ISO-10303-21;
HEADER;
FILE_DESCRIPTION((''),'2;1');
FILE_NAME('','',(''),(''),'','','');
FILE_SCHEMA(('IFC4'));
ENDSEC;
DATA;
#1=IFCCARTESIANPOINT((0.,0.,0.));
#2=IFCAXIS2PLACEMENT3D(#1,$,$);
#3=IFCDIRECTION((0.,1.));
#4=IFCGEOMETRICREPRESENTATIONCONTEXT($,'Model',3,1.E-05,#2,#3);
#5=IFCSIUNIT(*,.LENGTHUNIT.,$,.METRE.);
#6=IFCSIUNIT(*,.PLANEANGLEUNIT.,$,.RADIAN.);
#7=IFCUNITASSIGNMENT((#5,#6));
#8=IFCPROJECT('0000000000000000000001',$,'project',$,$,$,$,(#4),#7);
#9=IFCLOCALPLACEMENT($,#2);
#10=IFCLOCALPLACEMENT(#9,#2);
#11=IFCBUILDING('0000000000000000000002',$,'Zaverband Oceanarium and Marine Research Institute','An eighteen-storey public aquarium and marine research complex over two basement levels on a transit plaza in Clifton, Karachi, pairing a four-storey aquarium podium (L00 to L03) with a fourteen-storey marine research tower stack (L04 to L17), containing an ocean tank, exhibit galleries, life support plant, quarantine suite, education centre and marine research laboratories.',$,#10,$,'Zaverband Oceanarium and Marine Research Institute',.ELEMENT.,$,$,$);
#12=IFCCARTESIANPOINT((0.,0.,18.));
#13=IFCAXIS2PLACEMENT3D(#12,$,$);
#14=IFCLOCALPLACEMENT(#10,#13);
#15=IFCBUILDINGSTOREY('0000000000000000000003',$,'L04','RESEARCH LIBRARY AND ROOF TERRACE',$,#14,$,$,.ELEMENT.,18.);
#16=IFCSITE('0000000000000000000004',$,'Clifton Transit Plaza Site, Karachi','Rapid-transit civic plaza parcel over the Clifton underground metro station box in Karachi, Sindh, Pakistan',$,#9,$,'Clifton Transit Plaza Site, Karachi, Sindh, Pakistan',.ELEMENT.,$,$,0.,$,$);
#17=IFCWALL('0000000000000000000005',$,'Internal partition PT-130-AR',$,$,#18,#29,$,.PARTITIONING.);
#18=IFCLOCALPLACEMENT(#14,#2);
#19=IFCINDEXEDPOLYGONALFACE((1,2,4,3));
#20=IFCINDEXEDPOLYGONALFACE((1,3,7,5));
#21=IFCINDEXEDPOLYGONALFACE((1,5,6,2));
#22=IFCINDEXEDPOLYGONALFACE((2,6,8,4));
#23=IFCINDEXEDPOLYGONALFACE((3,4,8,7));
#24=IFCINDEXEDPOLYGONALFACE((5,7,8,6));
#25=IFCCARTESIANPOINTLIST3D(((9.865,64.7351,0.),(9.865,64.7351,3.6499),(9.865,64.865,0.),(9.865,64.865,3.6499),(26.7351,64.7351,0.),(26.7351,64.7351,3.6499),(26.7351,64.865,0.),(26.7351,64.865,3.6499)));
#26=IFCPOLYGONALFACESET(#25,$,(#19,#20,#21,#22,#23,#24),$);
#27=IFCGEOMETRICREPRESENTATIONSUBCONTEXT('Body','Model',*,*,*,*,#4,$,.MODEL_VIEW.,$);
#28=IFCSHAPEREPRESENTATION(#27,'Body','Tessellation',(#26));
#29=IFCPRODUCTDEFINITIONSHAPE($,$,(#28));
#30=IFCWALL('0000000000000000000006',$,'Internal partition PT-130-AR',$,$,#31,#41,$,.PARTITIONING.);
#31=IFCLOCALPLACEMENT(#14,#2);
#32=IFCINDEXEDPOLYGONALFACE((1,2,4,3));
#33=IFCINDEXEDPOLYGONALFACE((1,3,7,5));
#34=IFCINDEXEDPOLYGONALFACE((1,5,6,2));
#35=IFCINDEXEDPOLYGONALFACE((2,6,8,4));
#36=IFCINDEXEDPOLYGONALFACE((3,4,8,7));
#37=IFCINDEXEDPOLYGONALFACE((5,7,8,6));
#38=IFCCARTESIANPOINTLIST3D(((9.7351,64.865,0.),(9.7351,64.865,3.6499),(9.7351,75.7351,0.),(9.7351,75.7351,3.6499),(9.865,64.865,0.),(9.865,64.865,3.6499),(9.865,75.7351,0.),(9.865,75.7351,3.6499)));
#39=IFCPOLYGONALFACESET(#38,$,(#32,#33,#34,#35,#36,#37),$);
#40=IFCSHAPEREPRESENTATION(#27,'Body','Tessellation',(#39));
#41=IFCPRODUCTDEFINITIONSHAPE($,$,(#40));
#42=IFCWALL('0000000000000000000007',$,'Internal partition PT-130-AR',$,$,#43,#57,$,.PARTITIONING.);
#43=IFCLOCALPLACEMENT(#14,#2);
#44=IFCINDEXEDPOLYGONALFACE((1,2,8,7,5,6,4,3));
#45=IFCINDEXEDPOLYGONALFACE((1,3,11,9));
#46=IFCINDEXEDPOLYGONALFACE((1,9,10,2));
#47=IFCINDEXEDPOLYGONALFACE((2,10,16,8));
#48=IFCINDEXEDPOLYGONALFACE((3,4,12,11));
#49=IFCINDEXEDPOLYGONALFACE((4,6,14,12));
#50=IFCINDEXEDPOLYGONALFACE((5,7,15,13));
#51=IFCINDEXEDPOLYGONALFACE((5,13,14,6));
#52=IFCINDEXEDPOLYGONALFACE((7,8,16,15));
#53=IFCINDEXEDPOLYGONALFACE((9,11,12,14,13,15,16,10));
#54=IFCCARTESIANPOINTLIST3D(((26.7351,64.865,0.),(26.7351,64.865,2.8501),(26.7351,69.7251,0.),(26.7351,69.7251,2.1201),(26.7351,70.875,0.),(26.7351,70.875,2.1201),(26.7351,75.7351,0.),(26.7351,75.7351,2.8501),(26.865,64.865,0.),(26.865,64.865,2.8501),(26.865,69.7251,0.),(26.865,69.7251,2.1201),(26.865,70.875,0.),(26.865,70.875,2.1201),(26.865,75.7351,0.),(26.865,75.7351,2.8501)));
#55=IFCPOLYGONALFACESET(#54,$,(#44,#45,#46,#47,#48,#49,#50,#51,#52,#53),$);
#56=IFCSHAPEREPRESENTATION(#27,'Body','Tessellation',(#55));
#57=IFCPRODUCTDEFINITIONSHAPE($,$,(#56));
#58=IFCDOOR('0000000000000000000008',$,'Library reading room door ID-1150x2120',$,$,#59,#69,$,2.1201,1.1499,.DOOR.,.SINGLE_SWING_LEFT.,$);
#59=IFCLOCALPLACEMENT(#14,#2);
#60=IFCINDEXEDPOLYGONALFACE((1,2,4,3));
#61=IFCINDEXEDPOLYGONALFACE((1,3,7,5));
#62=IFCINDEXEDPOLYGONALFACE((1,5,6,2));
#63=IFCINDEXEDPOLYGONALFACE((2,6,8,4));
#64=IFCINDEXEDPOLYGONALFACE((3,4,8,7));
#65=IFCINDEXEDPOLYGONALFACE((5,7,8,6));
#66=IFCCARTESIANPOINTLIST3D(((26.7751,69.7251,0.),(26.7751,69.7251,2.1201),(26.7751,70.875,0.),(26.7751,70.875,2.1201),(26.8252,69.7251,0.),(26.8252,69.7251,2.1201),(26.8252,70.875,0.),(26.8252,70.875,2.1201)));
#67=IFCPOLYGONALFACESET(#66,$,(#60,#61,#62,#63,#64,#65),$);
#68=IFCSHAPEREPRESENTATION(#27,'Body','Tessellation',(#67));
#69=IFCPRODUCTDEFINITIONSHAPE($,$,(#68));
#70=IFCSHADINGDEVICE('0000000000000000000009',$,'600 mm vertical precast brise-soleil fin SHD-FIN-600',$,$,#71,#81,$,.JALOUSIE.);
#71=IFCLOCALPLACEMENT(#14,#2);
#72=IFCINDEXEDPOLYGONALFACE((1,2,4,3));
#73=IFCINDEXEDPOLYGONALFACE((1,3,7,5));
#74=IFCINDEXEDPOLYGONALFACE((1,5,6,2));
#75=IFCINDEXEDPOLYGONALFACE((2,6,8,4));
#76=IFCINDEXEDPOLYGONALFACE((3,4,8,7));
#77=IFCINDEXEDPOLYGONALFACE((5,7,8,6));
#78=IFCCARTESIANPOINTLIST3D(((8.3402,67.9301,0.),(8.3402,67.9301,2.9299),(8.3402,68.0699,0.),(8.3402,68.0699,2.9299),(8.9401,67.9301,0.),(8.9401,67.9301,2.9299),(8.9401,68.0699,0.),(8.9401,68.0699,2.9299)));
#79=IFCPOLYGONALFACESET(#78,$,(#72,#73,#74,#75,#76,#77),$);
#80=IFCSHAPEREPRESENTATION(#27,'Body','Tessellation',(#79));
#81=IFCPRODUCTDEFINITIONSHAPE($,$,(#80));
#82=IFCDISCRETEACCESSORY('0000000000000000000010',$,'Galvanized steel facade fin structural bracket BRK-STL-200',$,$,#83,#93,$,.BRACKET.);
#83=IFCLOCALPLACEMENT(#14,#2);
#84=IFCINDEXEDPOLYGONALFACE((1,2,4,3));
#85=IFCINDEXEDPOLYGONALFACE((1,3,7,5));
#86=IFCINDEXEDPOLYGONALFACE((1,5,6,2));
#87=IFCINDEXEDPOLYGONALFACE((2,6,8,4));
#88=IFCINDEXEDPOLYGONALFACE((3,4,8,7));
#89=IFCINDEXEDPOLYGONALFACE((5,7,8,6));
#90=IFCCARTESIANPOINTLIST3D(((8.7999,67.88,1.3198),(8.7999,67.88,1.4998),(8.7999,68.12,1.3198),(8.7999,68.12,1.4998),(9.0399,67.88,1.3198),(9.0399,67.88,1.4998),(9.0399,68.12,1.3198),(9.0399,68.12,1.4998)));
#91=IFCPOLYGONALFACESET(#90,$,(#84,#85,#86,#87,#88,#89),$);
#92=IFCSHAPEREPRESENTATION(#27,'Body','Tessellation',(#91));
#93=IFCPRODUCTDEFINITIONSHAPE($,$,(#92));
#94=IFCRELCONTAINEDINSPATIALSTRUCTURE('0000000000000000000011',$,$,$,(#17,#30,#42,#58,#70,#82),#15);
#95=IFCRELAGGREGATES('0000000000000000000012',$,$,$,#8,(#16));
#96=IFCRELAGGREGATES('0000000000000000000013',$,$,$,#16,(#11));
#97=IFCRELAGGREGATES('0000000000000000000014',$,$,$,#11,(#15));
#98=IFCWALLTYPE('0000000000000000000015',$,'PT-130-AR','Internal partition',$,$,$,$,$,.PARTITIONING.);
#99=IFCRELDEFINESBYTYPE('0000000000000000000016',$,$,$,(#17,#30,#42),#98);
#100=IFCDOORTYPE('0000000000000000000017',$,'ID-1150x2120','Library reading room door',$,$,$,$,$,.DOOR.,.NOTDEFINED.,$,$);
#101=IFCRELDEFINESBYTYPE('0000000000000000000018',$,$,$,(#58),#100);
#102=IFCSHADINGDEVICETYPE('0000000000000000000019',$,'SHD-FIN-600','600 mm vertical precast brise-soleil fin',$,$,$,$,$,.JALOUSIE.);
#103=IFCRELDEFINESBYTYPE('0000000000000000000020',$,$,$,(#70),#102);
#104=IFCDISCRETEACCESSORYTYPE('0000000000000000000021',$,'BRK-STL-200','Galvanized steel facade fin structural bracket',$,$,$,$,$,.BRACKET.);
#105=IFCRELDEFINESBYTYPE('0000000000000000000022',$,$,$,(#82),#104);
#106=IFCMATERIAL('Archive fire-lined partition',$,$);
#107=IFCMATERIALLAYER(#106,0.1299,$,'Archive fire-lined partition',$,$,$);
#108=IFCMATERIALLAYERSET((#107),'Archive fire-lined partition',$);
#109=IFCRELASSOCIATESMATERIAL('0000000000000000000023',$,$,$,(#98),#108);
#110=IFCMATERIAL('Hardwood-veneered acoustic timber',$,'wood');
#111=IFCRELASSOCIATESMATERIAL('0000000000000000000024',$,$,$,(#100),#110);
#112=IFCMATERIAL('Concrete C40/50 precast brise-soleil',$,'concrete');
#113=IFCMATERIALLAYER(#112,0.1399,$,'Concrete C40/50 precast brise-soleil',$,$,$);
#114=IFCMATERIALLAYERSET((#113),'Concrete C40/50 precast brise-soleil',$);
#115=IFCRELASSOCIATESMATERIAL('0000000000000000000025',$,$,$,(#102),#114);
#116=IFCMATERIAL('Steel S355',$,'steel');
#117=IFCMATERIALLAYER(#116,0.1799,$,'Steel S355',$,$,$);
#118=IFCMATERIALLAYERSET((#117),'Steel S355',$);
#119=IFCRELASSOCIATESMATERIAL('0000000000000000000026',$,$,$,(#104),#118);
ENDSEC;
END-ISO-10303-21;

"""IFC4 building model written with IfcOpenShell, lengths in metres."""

from ifc_helpers import new_model, si_unit, direction, frame, frame_2d, origin, origin_2d, place, context, subcontext, project, spatial, rectangle, extrude, material, layer, layer_set, type_object, element, fill, save


model = new_model("IFC4")

# Units and contexts
model_context = context("Model", 3, precision=1e-05, world=origin(), true_north=direction((0.0, 1.0)))
body_context = subcontext(model_context, "Body", "Model", "MODEL_VIEW")
ifc_project = project(units=[si_unit("LENGTHUNIT", "METRE"), si_unit("PLANEANGLEUNIT", "RADIAN")], contexts=[model_context])

# Site, building, storey
site_placement = place(None, origin())
site = spatial("IfcSite", under=ifc_project, at=site_placement, Name="Clifton Transit Plaza Site, Karachi", Description="Rapid-transit civic plaza parcel over the Clifton underground metro station box in Karachi, Sindh, Pakistan", LongName="Clifton Transit Plaza Site, Karachi, Sindh, Pakistan", CompositionType="ELEMENT", RefElevation=0.0)
building_placement = place(site_placement, origin())
building = spatial("IfcBuilding", under=site, at=building_placement, Name="Zaverband Oceanarium and Marine Research Institute", Description="An eighteen-storey public aquarium and marine research complex over two basement levels on a transit plaza in Clifton, Karachi, pairing a four-storey aquarium podium (L00 to L03) with a fourteen-storey marine research tower stack (L04 to L17), containing an ocean tank, exhibit galleries, life support plant, quarantine suite, education centre and marine research laboratories.", LongName="Zaverband Oceanarium and Marine Research Institute", CompositionType="ELEMENT")
storey_placement = place(building_placement, frame((0.0, 0.0, 18.0)))
storey = spatial("IfcBuildingStorey", under=building, at=storey_placement, Name="L04", Description="RESEARCH LIBRARY AND ROOF TERRACE", CompositionType="ELEMENT", Elevation=18.0)

# Walls
ifc_material_1 = material(Name="Archive fire-lined partition")
ifc_layer_1 = layer(ifc_material_1, 0.1299, Name="Archive fire-lined partition")
ifc_layer_set_1 = layer_set([ifc_layer_1], Name="Archive fire-lined partition")
wall_type_1 = type_object("IfcWallType", Name="PT-130-AR", Description="Internal partition", PredefinedType="PARTITIONING", material=ifc_layer_set_1)
wall_1_placement = place(storey_placement, frame((9.865, 64.8, 0.0), z_axis=(0.0, 0.0, 1.0), x_axis=(1.0, 0.0, 0.0)))
element("IfcWall", 1, at=wall_1_placement, inside=storey, type_object=wall_type_1, Name="Internal partition PT-130-AR", PredefinedType="PARTITIONING", context=body_context, shape_type="SweptSolid", body=[
    extrude(rectangle(XDim=16.8701, YDim=0.1299, at=frame_2d((8.4351, 0.0))), origin(), (0.0, 0.0, 1.0), 3.6499),
])
wall_2_placement = place(storey_placement, frame((9.8, 64.865, 0.0), z_axis=(0.0, 0.0, 1.0), x_axis=(0.0, 1.0, 0.0)))
element("IfcWall", 2, at=wall_2_placement, inside=storey, type_object=wall_type_1, Name="Internal partition PT-130-AR", PredefinedType="PARTITIONING", context=body_context, shape_type="SweptSolid", body=[
    extrude(rectangle(XDim=10.8701, YDim=0.1299, at=frame_2d((5.4351, 0.0))), origin(), (0.0, 0.0, 1.0), 3.6499),
])

# Wall, opening, door
wall_3_placement = place(storey_placement, frame((26.8, 64.865, 0.0), z_axis=(0.0, 0.0, 1.0), x_axis=(0.0, 1.0, 0.0)))
wall_3 = element("IfcWall", 3, at=wall_3_placement, inside=storey, type_object=wall_type_1, Name="Internal partition PT-130-AR", PredefinedType="PARTITIONING", context=body_context, shape_type="SweptSolid", body=[
    extrude(rectangle(XDim=10.8701, YDim=0.1299, at=frame_2d((5.4351, 0.0))), origin(), (0.0, 0.0, 1.0), 2.8501),
])
opening_1_placement = place(wall_3_placement, frame((4.8601, 0.0, 0.0)))
opening_1 = element("IfcOpeningElement", 4, at=opening_1_placement, cuts=wall_3, PredefinedType="OPENING", context=body_context, shape_type="SweptSolid", body=[
    extrude(rectangle(XDim=1.1499, YDim=2.1201, at=frame_2d((0.575, 1.0601))), frame((0.0, 0.0769, 0.0), z_axis=(0.0, -1.0, 0.0), x_axis=(1.0, 0.0, 0.0)), (0.0, 0.0, 1.0), 0.1538),
])
ifc_material_2 = material(Name="Hardwood-veneered acoustic timber", Category="wood")
door_type = type_object("IfcDoorType", Name="ID-1150x2120", Description="Library reading room door", OperationType="NOTDEFINED", PredefinedType="DOOR", material=ifc_material_2)
door_placement = place(opening_1_placement, origin())
door = element("IfcDoor", 5, at=door_placement, inside=storey, type_object=door_type, Name="Library reading room door ID-1150x2120", OperationType="SINGLE_SWING_LEFT", OverallHeight=2.1201, OverallWidth=1.1499, PredefinedType="DOOR", context=body_context, shape_type="SweptSolid", body=[
    extrude(rectangle(XDim=1.1499, YDim=2.1201, at=frame_2d((0.575, 1.0601))), frame((0.0, 0.0249, 0.0), z_axis=(0.0, -1.0, 0.0), x_axis=(1.0, 0.0, 0.0)), (0.0, 0.0, 1.0), 0.05),
])
fill(opening_1, door)

# Shared definitions
ifc_material_3 = material(Name="Steel S355", Category="steel")

# Shading device
ifc_material_4 = material(Name="Concrete C40/50 precast brise-soleil", Category="concrete")
ifc_layer_2 = layer(ifc_material_4, 0.1399, Name="Concrete C40/50 precast brise-soleil")
ifc_layer_set_2 = layer_set([ifc_layer_2], Name="Concrete C40/50 precast brise-soleil")
shading_device_type = type_object("IfcShadingDeviceType", Name="SHD-FIN-600", Description="600 mm vertical precast brise-soleil fin", PredefinedType="JALOUSIE", material=ifc_layer_set_2)
shading_device_placement = place(storey_placement, frame((8.9399, 68.0, 0.0), z_axis=(0.0, 0.0, 1.0), x_axis=(-1.0, 0.0, 0.0)))
element("IfcShadingDevice", 6, at=shading_device_placement, inside=storey, type_object=shading_device_type, Name="600 mm vertical precast brise-soleil fin SHD-FIN-600", PredefinedType="JALOUSIE", context=body_context, shape_type="SweptSolid", body=[
    extrude(rectangle(XDim=0.5999, YDim=0.1399, at=frame_2d((0.2998, 0.0))), origin(), (0.0, 0.0, 1.0), 2.9299),
])

# Discrete accessory
ifc_layer_3 = layer(ifc_material_3, 0.1799, Name="Steel S355")
ifc_layer_set_3 = layer_set([ifc_layer_3], Name="Steel S355")
discrete_accessory_type = type_object("IfcDiscreteAccessoryType", Name="BRK-STL-200", Description="Galvanized steel facade fin structural bracket", PredefinedType="BRACKET", material=ifc_layer_set_3)
discrete_accessory_placement = place(storey_placement, frame((8.9199, 68.0, 1.3198), z_axis=(0.0, 0.0, 1.0), x_axis=(1.0, 0.0, 0.0)))
element("IfcDiscreteAccessory", 7, at=discrete_accessory_placement, inside=storey, type_object=discrete_accessory_type, Name="Galvanized steel facade fin structural bracket BRK-STL-200", PredefinedType="BRACKET", context=body_context, shape_type="SweptSolid", body=[
    extrude(rectangle(XDim=0.24, YDim=0.24, at=origin_2d()), origin(), (0.0, 0.0, 1.0), 0.1799),
])

save(model, "model.ifc")
